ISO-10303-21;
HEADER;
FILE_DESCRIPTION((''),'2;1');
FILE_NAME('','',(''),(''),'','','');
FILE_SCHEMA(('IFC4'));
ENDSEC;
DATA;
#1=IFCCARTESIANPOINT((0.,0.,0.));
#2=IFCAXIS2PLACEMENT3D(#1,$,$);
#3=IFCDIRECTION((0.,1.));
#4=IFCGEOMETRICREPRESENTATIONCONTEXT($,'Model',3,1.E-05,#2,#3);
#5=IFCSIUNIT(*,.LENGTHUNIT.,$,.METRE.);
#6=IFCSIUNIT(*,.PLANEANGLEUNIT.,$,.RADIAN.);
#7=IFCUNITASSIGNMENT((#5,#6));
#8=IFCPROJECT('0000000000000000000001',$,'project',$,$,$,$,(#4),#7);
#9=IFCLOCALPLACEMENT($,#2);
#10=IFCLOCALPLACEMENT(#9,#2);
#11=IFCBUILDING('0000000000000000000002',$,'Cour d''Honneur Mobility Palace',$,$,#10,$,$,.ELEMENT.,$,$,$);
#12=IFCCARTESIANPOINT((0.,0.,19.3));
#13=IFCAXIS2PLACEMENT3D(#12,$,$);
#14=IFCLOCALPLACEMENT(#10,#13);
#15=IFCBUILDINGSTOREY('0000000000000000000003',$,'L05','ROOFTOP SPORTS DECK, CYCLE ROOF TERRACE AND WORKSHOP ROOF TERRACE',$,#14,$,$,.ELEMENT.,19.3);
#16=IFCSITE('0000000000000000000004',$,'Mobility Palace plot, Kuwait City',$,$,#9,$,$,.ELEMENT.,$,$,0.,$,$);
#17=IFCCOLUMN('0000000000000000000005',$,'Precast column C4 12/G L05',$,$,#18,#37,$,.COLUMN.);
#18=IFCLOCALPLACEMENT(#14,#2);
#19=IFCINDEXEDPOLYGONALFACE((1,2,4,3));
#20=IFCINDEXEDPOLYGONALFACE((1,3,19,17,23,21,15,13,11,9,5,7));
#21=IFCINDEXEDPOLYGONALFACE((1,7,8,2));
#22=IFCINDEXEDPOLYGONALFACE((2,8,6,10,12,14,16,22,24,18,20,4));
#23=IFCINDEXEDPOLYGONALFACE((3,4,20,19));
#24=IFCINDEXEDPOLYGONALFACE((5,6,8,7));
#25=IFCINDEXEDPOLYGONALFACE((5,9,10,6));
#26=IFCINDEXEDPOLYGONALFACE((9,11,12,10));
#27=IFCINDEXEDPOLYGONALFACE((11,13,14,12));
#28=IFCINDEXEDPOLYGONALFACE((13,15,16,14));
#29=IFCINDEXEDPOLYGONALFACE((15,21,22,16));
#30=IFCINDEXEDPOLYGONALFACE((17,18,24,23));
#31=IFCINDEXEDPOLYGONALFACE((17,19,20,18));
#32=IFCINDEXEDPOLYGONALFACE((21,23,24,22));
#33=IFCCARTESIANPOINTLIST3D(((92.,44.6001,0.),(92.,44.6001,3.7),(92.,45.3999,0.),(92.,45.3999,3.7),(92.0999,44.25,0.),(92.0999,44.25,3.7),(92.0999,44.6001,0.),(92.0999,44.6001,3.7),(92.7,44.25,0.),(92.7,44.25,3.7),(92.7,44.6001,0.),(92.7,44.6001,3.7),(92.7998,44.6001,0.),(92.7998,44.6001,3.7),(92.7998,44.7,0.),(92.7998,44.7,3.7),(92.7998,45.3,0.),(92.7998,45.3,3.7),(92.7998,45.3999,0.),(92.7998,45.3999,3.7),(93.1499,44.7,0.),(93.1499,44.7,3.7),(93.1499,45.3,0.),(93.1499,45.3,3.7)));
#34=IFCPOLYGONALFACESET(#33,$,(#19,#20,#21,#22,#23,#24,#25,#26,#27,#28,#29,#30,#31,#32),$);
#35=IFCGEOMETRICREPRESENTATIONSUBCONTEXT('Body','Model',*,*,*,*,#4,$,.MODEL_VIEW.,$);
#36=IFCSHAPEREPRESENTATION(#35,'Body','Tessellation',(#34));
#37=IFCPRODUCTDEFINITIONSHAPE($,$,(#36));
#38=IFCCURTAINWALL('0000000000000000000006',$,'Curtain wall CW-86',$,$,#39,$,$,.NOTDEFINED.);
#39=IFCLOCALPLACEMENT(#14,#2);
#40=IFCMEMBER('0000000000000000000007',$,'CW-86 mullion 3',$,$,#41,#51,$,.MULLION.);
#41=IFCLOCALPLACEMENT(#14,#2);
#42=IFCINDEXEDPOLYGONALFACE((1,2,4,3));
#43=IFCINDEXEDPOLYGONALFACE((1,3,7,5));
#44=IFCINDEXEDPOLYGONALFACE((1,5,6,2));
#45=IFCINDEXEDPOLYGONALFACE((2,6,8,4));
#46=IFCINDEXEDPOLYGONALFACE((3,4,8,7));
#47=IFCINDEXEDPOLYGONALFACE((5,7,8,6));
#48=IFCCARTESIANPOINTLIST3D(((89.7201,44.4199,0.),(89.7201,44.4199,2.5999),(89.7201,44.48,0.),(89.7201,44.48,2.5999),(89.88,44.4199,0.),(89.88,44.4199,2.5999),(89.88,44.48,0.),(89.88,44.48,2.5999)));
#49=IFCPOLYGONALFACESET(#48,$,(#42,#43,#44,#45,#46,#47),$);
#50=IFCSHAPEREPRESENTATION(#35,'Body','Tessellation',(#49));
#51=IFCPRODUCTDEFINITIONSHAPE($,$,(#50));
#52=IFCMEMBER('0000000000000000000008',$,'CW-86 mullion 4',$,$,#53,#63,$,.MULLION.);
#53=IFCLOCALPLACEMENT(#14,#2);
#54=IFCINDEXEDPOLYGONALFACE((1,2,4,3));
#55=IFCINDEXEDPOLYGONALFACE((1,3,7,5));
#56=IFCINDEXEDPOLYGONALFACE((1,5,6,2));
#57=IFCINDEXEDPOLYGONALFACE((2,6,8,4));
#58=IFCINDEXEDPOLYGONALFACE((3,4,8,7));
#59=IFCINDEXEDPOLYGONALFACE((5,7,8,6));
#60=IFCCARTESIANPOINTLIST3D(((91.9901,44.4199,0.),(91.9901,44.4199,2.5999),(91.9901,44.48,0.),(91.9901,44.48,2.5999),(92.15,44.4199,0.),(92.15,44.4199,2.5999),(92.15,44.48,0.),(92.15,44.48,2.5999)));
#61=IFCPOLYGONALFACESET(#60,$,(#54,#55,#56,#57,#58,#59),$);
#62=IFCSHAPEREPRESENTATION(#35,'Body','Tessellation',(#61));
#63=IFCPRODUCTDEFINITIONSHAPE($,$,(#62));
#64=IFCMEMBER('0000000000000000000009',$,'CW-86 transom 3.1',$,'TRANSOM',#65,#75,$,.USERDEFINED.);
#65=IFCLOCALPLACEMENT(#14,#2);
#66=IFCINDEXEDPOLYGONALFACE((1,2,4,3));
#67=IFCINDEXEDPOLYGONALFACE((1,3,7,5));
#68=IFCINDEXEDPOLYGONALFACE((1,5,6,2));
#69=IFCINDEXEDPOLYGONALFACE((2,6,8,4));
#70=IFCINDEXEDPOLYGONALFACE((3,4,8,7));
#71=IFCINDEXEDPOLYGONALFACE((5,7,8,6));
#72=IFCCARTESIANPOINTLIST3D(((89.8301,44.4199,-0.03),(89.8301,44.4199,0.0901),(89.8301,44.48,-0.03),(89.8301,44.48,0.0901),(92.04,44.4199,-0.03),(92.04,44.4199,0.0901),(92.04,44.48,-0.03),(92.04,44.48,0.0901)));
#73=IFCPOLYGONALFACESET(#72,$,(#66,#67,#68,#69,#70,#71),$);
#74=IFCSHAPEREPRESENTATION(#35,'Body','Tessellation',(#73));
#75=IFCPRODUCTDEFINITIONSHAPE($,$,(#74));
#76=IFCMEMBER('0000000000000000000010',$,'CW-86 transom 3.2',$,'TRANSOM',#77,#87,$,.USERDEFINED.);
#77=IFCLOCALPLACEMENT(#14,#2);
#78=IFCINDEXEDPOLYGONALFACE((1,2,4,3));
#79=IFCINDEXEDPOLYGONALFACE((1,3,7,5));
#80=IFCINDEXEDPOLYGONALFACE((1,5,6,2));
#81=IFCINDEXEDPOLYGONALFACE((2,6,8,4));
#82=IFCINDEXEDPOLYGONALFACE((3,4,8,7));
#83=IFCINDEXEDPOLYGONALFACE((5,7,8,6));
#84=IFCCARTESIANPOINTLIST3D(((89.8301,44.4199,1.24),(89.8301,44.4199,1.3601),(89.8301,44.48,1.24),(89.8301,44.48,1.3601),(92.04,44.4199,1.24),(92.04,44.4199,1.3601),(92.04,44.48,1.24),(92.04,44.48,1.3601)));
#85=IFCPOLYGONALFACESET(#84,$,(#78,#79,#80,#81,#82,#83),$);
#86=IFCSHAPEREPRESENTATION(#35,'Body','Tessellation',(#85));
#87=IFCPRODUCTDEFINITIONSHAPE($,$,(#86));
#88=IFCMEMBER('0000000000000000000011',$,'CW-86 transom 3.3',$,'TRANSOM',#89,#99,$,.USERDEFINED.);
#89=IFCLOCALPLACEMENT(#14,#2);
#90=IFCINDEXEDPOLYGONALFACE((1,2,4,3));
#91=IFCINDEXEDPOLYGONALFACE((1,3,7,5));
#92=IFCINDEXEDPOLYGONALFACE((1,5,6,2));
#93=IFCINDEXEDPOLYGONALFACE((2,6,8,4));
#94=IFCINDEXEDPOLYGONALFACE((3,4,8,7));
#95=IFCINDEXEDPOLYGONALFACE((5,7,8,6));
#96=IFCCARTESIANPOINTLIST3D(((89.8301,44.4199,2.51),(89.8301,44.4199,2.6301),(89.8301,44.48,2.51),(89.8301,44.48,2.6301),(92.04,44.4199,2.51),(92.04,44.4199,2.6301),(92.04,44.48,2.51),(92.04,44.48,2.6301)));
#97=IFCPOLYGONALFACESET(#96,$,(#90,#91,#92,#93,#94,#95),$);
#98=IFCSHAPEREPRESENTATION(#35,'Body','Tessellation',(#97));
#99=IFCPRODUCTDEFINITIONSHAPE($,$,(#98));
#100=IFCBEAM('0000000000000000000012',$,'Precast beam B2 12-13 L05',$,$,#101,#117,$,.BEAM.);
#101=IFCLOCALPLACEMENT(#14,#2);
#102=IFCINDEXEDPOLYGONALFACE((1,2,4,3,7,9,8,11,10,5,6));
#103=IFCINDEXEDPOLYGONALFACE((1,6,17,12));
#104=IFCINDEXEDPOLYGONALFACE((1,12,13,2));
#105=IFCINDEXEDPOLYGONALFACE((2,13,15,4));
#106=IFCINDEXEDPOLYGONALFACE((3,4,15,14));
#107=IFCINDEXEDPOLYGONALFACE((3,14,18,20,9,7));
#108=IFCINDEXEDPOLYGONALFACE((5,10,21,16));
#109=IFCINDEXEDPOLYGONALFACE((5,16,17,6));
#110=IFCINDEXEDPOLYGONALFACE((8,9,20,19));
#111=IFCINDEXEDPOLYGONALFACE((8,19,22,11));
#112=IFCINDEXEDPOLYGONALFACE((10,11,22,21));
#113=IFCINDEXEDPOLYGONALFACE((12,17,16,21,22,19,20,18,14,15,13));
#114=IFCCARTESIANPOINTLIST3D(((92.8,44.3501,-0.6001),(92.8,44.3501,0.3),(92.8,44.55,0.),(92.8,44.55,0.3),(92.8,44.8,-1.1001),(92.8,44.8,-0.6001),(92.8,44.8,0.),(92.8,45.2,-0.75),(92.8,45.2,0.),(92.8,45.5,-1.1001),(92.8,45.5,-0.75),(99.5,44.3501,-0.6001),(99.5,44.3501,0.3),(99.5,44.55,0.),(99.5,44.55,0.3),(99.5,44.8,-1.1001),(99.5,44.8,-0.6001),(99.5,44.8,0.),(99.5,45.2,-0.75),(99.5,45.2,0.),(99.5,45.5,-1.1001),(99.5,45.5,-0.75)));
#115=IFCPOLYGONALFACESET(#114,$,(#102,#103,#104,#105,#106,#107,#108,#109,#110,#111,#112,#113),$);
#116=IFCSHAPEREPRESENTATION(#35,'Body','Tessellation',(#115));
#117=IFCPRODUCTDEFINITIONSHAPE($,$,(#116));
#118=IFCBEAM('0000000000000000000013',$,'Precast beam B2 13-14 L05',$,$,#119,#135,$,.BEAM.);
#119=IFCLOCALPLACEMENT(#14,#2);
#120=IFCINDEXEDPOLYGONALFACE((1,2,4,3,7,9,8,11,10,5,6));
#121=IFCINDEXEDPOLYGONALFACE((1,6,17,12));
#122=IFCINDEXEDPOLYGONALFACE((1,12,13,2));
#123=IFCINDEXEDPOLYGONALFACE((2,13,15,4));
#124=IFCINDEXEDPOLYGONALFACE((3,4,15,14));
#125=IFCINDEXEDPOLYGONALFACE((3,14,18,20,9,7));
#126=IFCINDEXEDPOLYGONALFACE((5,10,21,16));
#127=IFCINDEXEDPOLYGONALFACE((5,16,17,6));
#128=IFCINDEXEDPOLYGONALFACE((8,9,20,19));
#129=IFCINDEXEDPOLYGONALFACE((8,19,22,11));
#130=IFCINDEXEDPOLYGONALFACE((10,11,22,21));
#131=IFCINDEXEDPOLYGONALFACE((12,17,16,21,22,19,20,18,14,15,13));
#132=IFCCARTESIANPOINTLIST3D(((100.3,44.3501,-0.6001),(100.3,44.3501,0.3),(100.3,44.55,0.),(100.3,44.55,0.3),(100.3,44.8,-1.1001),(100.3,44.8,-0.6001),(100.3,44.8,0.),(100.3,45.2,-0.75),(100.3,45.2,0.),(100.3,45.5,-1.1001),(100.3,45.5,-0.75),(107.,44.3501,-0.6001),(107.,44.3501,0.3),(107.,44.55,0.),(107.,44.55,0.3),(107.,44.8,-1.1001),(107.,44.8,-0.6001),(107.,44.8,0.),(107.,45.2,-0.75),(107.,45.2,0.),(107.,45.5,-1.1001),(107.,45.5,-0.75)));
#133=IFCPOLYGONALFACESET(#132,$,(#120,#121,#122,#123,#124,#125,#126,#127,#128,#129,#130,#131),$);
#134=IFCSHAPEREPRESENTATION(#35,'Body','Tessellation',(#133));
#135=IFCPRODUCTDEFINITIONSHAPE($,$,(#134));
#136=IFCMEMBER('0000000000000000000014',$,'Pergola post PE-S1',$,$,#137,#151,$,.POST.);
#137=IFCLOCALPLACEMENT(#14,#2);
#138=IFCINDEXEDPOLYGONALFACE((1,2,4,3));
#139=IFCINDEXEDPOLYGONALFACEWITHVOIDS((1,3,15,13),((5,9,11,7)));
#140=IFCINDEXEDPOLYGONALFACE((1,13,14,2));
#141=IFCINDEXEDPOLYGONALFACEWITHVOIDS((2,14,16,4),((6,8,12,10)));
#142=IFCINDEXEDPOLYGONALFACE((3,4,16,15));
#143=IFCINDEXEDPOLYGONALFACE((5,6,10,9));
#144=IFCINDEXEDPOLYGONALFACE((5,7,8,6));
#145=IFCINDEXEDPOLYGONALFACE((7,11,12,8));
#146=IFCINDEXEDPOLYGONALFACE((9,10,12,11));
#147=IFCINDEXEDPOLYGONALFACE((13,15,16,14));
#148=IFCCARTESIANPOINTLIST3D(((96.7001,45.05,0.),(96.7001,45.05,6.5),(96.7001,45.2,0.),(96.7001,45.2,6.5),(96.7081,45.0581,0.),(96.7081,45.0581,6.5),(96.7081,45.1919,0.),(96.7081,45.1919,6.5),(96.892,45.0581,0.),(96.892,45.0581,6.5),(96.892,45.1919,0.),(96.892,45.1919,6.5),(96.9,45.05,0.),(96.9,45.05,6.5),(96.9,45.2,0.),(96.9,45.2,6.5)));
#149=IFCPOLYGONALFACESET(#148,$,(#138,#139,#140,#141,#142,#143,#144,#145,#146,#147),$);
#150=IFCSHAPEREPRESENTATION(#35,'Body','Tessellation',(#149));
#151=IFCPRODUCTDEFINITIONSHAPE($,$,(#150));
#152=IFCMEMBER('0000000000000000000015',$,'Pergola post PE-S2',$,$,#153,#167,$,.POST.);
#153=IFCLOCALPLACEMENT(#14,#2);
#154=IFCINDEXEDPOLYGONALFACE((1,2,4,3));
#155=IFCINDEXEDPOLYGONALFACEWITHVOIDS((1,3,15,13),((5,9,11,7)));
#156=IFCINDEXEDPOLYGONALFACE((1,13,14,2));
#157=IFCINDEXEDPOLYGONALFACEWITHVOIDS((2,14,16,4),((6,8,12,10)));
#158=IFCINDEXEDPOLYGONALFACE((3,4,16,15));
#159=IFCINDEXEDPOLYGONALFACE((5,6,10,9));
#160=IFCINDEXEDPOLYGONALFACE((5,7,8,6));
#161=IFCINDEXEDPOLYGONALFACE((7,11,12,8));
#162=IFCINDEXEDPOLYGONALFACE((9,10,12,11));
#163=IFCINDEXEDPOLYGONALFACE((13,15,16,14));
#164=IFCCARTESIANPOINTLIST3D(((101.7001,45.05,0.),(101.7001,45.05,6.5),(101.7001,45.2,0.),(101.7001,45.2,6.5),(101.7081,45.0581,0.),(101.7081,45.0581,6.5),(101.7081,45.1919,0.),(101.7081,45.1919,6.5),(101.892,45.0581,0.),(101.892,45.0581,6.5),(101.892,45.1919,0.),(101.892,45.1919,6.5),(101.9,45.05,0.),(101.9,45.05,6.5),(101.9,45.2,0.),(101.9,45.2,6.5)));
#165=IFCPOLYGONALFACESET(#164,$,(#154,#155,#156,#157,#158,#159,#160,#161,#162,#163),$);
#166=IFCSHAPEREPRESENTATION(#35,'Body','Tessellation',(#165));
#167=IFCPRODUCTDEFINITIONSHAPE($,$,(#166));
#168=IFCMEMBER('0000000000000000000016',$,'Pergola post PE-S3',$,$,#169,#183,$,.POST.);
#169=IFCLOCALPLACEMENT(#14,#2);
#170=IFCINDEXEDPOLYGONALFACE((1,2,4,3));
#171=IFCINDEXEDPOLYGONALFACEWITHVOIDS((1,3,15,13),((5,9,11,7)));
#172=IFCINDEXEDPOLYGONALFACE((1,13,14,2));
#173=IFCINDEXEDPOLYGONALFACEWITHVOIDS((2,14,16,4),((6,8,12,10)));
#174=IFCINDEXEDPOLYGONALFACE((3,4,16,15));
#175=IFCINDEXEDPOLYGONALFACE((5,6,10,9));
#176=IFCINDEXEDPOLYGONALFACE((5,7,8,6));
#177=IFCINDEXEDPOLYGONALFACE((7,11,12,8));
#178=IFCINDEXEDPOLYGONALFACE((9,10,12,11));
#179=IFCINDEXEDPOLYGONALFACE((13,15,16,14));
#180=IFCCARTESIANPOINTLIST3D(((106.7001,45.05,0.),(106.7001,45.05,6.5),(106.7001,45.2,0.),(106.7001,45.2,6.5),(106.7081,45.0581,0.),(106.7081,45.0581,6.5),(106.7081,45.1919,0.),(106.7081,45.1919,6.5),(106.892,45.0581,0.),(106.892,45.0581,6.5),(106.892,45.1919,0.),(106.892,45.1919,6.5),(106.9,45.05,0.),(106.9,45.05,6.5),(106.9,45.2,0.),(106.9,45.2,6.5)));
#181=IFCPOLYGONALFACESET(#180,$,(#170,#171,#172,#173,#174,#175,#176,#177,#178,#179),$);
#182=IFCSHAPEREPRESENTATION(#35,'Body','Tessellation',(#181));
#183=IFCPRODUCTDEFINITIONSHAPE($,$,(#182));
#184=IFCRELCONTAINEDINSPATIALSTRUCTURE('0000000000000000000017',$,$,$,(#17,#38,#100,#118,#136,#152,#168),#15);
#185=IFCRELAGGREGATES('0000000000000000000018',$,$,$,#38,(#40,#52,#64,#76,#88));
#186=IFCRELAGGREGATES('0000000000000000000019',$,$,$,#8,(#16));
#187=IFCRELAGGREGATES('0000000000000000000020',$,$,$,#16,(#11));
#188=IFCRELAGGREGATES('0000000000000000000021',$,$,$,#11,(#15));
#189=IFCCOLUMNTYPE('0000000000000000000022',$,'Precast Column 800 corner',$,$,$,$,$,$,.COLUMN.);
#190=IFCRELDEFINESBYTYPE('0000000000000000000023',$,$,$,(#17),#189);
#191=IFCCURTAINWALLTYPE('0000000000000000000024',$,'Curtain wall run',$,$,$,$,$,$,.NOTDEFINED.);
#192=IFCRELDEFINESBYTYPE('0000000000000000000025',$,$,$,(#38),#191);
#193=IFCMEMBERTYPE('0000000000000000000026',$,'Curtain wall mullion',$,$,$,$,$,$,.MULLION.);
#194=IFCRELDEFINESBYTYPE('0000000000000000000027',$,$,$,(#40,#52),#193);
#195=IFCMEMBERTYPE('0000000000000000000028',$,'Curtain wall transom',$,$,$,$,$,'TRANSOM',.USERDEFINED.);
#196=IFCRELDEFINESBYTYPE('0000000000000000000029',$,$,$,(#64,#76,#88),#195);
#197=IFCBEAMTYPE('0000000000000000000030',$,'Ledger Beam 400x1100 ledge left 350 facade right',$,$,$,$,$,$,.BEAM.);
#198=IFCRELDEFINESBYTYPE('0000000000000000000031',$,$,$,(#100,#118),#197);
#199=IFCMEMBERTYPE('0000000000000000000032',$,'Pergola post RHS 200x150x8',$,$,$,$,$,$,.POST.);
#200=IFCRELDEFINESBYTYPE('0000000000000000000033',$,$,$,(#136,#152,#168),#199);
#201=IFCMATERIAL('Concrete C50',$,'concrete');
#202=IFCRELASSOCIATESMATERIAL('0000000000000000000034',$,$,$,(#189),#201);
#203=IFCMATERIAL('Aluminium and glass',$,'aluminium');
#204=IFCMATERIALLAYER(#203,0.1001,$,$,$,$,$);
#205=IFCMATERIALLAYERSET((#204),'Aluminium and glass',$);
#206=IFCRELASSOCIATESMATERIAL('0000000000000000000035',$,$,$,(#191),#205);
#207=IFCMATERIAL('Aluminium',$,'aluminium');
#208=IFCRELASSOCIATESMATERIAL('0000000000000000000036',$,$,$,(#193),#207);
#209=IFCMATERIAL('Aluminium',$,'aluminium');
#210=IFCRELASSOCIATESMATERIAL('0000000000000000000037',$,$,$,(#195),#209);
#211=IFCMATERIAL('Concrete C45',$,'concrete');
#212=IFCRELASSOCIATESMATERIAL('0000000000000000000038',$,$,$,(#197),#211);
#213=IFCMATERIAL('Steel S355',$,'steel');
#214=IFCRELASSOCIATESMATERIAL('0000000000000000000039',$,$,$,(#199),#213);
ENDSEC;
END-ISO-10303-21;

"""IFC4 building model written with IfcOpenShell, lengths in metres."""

from ifc_helpers import new_model, si_unit, direction, frame, origin, origin_2d, place, context, subcontext, project, spatial, polyline, rectangle, hollow_rectangle, outline, extrude, material, layer, layer_set, material_profile, profile_set, type_object, element, aggregate, save


model = new_model("IFC4")

# Units and contexts
model_context = context("Model", 3, precision=1e-05, world=origin(), true_north=direction((0.0, 1.0)))
body_context = subcontext(model_context, "Body", "Model", "MODEL_VIEW")
ifc_project = project(units=[si_unit("LENGTHUNIT", "METRE"), si_unit("PLANEANGLEUNIT", "RADIAN")], contexts=[model_context])

# Site, building, storey
site_placement = place(None, origin())
site = spatial("IfcSite", under=ifc_project, at=site_placement, Name="Mobility Palace plot, Kuwait City", CompositionType="ELEMENT", RefElevation=0.0)
building_placement = place(site_placement, origin())
building = spatial("IfcBuilding", under=site, at=building_placement, Name="Cour d'Honneur Mobility Palace", CompositionType="ELEMENT")
storey_placement = place(building_placement, frame((0.0, 0.0, 19.3)))
storey = spatial("IfcBuildingStorey", under=building, at=storey_placement, Name="L05", Description="ROOFTOP SPORTS DECK, CYCLE ROOF TERRACE AND WORKSHOP ROOF TERRACE", CompositionType="ELEMENT", Elevation=19.3)

# Column
ifc_material_1 = material(Name="Concrete C50", Category="concrete")
ifc_material_profile_1 = material_profile(ifc_material_1, outline(polyline([(-0.3999, -0.3999), (0.3999, -0.3999), (0.3999, -0.3), (0.75, -0.3), (0.75, 0.3), (0.3999, 0.3), (0.3999, 0.3999), (0.3, 0.3999), (0.3, 0.75), (-0.3, 0.75), (-0.3, 0.3999), (-0.3999, 0.3999), (-0.3999, -0.3999)])), Name="PC C800 corner")
ifc_profile_set_1 = profile_set([ifc_material_profile_1], Name="Concrete C50")
column_type = type_object("IfcColumnType", Name="Precast Column 800 corner", PredefinedType="COLUMN", material=ifc_profile_set_1)
column_placement = place(storey_placement, frame((92.3999, 45.0, 0.0), z_axis=(0.0, 0.0, 1.0), x_axis=(0.0, -1.0, 0.0)))
element("IfcColumn", 1, at=column_placement, inside=storey, type_object=column_type, Name="Precast column C4 12/G L05", PredefinedType="COLUMN", context=body_context, shape_type="SweptSolid", body=[
    extrude(outline(polyline([(-0.3999, -0.3999), (0.3999, -0.3999), (0.3999, -0.3), (0.75, -0.3), (0.75, 0.3), (0.3999, 0.3), (0.3999, 0.3999), (0.3, 0.3999), (0.3, 0.75), (-0.3, 0.75), (-0.3, 0.3999), (-0.3999, 0.3999), (-0.3999, -0.3999)])), origin(), (0.0, 0.0, 1.0), 3.7),
])

# Curtain wall, members
ifc_material_2 = material(Name="Aluminium and glass", Category="aluminium")
ifc_layer_1 = layer(ifc_material_2, 0.1001)
ifc_layer_set_1 = layer_set([ifc_layer_1], Name="Aluminium and glass")
curtain_wall_type = type_object("IfcCurtainWallType", Name="Curtain wall run", PredefinedType="NOTDEFINED", material=ifc_layer_set_1)
curtain_wall_placement = place(storey_placement, origin())
curtain_wall = element("IfcCurtainWall", 2, at=curtain_wall_placement, inside=storey, type_object=curtain_wall_type, Name="Curtain wall CW-86", PredefinedType="NOTDEFINED")
ifc_material_3 = material(Name="Aluminium", Category="aluminium")
ifc_material_profile_2 = material_profile(ifc_material_3, rectangle(XDim=0.0601, YDim=0.1599, at=origin_2d()), Name="Curtain wall mullion")
ifc_profile_set_2 = profile_set([ifc_material_profile_2], Name="Aluminium")
member_type_1 = type_object("IfcMemberType", Name="Curtain wall mullion", PredefinedType="MULLION", material=ifc_profile_set_2)
member_1_placement = place(storey_placement, frame((89.8, 44.45, 0.0), z_axis=(0.0, 0.0, 1.0), x_axis=(0.0, 1.0, 0.0)))
member_1 = element("IfcMember", 3, at=member_1_placement, type_object=member_type_1, Name="CW-86 mullion 3", PredefinedType="MULLION", context=body_context, shape_type="SweptSolid", body=[
    extrude(rectangle(XDim=0.0601, YDim=0.1599, at=origin_2d()), origin(), (0.0, 0.0, 1.0), 2.5999),
])
member_2_placement = place(storey_placement, frame((92.0701, 44.45, 0.0), z_axis=(0.0, 0.0, 1.0), x_axis=(0.0, 1.0, 0.0)))
member_2 = element("IfcMember", 4, at=member_2_placement, type_object=member_type_1, Name="CW-86 mullion 4", PredefinedType="MULLION", context=body_context, shape_type="SweptSolid", body=[
    extrude(rectangle(XDim=0.0601, YDim=0.1599, at=origin_2d()), origin(), (0.0, 0.0, 1.0), 2.5999),
])
ifc_material_4 = material(Name="Aluminium", Category="aluminium")
ifc_material_profile_3 = material_profile(ifc_material_4, rectangle(XDim=0.0601, YDim=0.1201, at=origin_2d()), Name="Curtain wall transom")
ifc_profile_set_3 = profile_set([ifc_material_profile_3], Name="Aluminium")
member_type_2 = type_object("IfcMemberType", Name="Curtain wall transom", ElementType="TRANSOM", PredefinedType="USERDEFINED", material=ifc_profile_set_3)
member_3_placement = place(storey_placement, frame((89.8301, 44.45, 0.03), z_axis=(1.0, 0.0, 0.0), x_axis=(0.0, 1.0, 0.0)))
member_3 = element("IfcMember", 5, at=member_3_placement, type_object=member_type_2, Name="CW-86 transom 3.1", ObjectType="TRANSOM", PredefinedType="USERDEFINED", context=body_context, shape_type="SweptSolid", body=[
    extrude(rectangle(XDim=0.0601, YDim=0.1201, at=origin_2d()), origin(), (0.0, 0.0, 1.0), 2.21),
])
member_4_placement = place(storey_placement, frame((89.8301, 44.45, 1.3), z_axis=(1.0, 0.0, 0.0), x_axis=(0.0, 1.0, 0.0)))
member_4 = element("IfcMember", 6, at=member_4_placement, type_object=member_type_2, Name="CW-86 transom 3.2", ObjectType="TRANSOM", PredefinedType="USERDEFINED", context=body_context, shape_type="SweptSolid", body=[
    extrude(rectangle(XDim=0.0601, YDim=0.1201, at=origin_2d()), origin(), (0.0, 0.0, 1.0), 2.21),
])
member_5_placement = place(storey_placement, frame((89.8301, 44.45, 2.5701), z_axis=(1.0, 0.0, 0.0), x_axis=(0.0, 1.0, 0.0)))
member_5 = element("IfcMember", 7, at=member_5_placement, type_object=member_type_2, Name="CW-86 transom 3.3", ObjectType="TRANSOM", PredefinedType="USERDEFINED", context=body_context, shape_type="SweptSolid", body=[
    extrude(rectangle(XDim=0.0601, YDim=0.1201, at=origin_2d()), origin(), (0.0, 0.0, 1.0), 2.21),
])

# Beams
ifc_material_5 = material(Name="Concrete C45", Category="concrete")
ifc_material_profile_4 = material_profile(ifc_material_5, outline(polyline([(0.5, -1.1001), (0.5, -0.75), (0.2, -0.75), (0.2, 0.0), (-0.2, 0.0), (-0.45, 0.0), (-0.45, 0.3), (-0.6499, 0.3), (-0.6499, -0.6001), (-0.2, -0.6001), (-0.2, -1.1001), (0.5, -1.1001)])), Name="Ledger Beam 400x1100 ledge left 350 facade right")
ifc_profile_set_4 = profile_set([ifc_material_profile_4], Name="Concrete C45")
beam_type = type_object("IfcBeamType", Name="Ledger Beam 400x1100 ledge left 350 facade right", PredefinedType="BEAM", material=ifc_profile_set_4)
for number, where, z_axis, x_axis, name in (
    (8, (92.8, 45.0, 0.0), (1.0, 0.0, 0.0), (0.0, 1.0, 0.0), "Precast beam B2 12-13 L05"),
    (9, (100.3, 45.0, 0.0), (1.0, 0.0, 0.0), (0.0, 1.0, 0.0), "Precast beam B2 13-14 L05"),
):
    element("IfcBeam", number, at=place(storey_placement, frame(where, z_axis=z_axis, x_axis=x_axis)), inside=storey, type_object=beam_type, Name=name, PredefinedType="BEAM", context=body_context, shape_type="SweptSolid", body=[
        extrude(outline(polyline([(0.5, -1.1001), (0.5, -0.75), (0.2, -0.75), (0.2, 0.0), (-0.2, 0.0), (-0.45, 0.0), (-0.45, 0.3), (-0.6499, 0.3), (-0.6499, -0.6001), (-0.2, -0.6001), (-0.2, -1.1001), (0.5, -1.1001)])), origin(), (0.0, 0.0, 1.0), 6.7),
    ])

# Members
ifc_material_6 = material(Name="Steel S355", Category="steel")
ifc_material_profile_5 = material_profile(ifc_material_6, hollow_rectangle(XDim=0.1499, YDim=0.2, WallThickness=0.0081, at=origin_2d()), Name="RHS 200x150x8")
ifc_profile_set_5 = profile_set([ifc_material_profile_5], Name="Steel S355")
member_type_3 = type_object("IfcMemberType", Name="Pergola post RHS 200x150x8", PredefinedType="POST", material=ifc_profile_set_5)
for number, where, z_axis, x_axis, name in (
    (10, (96.8, 45.125, 0.0), (0.0, 0.0, 1.0), (0.0, 1.0, 0.0), "Pergola post PE-S1"),
    (11, (101.8, 45.125, 0.0), (0.0, 0.0, 1.0), (0.0, 1.0, 0.0), "Pergola post PE-S2"),
    (12, (106.8, 45.125, 0.0), (0.0, 0.0, 1.0), (0.0, 1.0, 0.0), "Pergola post PE-S3"),
):
    element("IfcMember", number, at=place(storey_placement, frame(where, z_axis=z_axis, x_axis=x_axis)), inside=storey, type_object=member_type_3, Name=name, PredefinedType="POST", context=body_context, shape_type="SweptSolid", body=[
        extrude(hollow_rectangle(XDim=0.1499, YDim=0.2, WallThickness=0.0081, at=origin_2d()), origin(), (0.0, 0.0, 1.0), 6.5),
    ])

aggregate(curtain_wall, [member_1, member_2, member_3, member_4, member_5])

save(model, "model.ifc")
